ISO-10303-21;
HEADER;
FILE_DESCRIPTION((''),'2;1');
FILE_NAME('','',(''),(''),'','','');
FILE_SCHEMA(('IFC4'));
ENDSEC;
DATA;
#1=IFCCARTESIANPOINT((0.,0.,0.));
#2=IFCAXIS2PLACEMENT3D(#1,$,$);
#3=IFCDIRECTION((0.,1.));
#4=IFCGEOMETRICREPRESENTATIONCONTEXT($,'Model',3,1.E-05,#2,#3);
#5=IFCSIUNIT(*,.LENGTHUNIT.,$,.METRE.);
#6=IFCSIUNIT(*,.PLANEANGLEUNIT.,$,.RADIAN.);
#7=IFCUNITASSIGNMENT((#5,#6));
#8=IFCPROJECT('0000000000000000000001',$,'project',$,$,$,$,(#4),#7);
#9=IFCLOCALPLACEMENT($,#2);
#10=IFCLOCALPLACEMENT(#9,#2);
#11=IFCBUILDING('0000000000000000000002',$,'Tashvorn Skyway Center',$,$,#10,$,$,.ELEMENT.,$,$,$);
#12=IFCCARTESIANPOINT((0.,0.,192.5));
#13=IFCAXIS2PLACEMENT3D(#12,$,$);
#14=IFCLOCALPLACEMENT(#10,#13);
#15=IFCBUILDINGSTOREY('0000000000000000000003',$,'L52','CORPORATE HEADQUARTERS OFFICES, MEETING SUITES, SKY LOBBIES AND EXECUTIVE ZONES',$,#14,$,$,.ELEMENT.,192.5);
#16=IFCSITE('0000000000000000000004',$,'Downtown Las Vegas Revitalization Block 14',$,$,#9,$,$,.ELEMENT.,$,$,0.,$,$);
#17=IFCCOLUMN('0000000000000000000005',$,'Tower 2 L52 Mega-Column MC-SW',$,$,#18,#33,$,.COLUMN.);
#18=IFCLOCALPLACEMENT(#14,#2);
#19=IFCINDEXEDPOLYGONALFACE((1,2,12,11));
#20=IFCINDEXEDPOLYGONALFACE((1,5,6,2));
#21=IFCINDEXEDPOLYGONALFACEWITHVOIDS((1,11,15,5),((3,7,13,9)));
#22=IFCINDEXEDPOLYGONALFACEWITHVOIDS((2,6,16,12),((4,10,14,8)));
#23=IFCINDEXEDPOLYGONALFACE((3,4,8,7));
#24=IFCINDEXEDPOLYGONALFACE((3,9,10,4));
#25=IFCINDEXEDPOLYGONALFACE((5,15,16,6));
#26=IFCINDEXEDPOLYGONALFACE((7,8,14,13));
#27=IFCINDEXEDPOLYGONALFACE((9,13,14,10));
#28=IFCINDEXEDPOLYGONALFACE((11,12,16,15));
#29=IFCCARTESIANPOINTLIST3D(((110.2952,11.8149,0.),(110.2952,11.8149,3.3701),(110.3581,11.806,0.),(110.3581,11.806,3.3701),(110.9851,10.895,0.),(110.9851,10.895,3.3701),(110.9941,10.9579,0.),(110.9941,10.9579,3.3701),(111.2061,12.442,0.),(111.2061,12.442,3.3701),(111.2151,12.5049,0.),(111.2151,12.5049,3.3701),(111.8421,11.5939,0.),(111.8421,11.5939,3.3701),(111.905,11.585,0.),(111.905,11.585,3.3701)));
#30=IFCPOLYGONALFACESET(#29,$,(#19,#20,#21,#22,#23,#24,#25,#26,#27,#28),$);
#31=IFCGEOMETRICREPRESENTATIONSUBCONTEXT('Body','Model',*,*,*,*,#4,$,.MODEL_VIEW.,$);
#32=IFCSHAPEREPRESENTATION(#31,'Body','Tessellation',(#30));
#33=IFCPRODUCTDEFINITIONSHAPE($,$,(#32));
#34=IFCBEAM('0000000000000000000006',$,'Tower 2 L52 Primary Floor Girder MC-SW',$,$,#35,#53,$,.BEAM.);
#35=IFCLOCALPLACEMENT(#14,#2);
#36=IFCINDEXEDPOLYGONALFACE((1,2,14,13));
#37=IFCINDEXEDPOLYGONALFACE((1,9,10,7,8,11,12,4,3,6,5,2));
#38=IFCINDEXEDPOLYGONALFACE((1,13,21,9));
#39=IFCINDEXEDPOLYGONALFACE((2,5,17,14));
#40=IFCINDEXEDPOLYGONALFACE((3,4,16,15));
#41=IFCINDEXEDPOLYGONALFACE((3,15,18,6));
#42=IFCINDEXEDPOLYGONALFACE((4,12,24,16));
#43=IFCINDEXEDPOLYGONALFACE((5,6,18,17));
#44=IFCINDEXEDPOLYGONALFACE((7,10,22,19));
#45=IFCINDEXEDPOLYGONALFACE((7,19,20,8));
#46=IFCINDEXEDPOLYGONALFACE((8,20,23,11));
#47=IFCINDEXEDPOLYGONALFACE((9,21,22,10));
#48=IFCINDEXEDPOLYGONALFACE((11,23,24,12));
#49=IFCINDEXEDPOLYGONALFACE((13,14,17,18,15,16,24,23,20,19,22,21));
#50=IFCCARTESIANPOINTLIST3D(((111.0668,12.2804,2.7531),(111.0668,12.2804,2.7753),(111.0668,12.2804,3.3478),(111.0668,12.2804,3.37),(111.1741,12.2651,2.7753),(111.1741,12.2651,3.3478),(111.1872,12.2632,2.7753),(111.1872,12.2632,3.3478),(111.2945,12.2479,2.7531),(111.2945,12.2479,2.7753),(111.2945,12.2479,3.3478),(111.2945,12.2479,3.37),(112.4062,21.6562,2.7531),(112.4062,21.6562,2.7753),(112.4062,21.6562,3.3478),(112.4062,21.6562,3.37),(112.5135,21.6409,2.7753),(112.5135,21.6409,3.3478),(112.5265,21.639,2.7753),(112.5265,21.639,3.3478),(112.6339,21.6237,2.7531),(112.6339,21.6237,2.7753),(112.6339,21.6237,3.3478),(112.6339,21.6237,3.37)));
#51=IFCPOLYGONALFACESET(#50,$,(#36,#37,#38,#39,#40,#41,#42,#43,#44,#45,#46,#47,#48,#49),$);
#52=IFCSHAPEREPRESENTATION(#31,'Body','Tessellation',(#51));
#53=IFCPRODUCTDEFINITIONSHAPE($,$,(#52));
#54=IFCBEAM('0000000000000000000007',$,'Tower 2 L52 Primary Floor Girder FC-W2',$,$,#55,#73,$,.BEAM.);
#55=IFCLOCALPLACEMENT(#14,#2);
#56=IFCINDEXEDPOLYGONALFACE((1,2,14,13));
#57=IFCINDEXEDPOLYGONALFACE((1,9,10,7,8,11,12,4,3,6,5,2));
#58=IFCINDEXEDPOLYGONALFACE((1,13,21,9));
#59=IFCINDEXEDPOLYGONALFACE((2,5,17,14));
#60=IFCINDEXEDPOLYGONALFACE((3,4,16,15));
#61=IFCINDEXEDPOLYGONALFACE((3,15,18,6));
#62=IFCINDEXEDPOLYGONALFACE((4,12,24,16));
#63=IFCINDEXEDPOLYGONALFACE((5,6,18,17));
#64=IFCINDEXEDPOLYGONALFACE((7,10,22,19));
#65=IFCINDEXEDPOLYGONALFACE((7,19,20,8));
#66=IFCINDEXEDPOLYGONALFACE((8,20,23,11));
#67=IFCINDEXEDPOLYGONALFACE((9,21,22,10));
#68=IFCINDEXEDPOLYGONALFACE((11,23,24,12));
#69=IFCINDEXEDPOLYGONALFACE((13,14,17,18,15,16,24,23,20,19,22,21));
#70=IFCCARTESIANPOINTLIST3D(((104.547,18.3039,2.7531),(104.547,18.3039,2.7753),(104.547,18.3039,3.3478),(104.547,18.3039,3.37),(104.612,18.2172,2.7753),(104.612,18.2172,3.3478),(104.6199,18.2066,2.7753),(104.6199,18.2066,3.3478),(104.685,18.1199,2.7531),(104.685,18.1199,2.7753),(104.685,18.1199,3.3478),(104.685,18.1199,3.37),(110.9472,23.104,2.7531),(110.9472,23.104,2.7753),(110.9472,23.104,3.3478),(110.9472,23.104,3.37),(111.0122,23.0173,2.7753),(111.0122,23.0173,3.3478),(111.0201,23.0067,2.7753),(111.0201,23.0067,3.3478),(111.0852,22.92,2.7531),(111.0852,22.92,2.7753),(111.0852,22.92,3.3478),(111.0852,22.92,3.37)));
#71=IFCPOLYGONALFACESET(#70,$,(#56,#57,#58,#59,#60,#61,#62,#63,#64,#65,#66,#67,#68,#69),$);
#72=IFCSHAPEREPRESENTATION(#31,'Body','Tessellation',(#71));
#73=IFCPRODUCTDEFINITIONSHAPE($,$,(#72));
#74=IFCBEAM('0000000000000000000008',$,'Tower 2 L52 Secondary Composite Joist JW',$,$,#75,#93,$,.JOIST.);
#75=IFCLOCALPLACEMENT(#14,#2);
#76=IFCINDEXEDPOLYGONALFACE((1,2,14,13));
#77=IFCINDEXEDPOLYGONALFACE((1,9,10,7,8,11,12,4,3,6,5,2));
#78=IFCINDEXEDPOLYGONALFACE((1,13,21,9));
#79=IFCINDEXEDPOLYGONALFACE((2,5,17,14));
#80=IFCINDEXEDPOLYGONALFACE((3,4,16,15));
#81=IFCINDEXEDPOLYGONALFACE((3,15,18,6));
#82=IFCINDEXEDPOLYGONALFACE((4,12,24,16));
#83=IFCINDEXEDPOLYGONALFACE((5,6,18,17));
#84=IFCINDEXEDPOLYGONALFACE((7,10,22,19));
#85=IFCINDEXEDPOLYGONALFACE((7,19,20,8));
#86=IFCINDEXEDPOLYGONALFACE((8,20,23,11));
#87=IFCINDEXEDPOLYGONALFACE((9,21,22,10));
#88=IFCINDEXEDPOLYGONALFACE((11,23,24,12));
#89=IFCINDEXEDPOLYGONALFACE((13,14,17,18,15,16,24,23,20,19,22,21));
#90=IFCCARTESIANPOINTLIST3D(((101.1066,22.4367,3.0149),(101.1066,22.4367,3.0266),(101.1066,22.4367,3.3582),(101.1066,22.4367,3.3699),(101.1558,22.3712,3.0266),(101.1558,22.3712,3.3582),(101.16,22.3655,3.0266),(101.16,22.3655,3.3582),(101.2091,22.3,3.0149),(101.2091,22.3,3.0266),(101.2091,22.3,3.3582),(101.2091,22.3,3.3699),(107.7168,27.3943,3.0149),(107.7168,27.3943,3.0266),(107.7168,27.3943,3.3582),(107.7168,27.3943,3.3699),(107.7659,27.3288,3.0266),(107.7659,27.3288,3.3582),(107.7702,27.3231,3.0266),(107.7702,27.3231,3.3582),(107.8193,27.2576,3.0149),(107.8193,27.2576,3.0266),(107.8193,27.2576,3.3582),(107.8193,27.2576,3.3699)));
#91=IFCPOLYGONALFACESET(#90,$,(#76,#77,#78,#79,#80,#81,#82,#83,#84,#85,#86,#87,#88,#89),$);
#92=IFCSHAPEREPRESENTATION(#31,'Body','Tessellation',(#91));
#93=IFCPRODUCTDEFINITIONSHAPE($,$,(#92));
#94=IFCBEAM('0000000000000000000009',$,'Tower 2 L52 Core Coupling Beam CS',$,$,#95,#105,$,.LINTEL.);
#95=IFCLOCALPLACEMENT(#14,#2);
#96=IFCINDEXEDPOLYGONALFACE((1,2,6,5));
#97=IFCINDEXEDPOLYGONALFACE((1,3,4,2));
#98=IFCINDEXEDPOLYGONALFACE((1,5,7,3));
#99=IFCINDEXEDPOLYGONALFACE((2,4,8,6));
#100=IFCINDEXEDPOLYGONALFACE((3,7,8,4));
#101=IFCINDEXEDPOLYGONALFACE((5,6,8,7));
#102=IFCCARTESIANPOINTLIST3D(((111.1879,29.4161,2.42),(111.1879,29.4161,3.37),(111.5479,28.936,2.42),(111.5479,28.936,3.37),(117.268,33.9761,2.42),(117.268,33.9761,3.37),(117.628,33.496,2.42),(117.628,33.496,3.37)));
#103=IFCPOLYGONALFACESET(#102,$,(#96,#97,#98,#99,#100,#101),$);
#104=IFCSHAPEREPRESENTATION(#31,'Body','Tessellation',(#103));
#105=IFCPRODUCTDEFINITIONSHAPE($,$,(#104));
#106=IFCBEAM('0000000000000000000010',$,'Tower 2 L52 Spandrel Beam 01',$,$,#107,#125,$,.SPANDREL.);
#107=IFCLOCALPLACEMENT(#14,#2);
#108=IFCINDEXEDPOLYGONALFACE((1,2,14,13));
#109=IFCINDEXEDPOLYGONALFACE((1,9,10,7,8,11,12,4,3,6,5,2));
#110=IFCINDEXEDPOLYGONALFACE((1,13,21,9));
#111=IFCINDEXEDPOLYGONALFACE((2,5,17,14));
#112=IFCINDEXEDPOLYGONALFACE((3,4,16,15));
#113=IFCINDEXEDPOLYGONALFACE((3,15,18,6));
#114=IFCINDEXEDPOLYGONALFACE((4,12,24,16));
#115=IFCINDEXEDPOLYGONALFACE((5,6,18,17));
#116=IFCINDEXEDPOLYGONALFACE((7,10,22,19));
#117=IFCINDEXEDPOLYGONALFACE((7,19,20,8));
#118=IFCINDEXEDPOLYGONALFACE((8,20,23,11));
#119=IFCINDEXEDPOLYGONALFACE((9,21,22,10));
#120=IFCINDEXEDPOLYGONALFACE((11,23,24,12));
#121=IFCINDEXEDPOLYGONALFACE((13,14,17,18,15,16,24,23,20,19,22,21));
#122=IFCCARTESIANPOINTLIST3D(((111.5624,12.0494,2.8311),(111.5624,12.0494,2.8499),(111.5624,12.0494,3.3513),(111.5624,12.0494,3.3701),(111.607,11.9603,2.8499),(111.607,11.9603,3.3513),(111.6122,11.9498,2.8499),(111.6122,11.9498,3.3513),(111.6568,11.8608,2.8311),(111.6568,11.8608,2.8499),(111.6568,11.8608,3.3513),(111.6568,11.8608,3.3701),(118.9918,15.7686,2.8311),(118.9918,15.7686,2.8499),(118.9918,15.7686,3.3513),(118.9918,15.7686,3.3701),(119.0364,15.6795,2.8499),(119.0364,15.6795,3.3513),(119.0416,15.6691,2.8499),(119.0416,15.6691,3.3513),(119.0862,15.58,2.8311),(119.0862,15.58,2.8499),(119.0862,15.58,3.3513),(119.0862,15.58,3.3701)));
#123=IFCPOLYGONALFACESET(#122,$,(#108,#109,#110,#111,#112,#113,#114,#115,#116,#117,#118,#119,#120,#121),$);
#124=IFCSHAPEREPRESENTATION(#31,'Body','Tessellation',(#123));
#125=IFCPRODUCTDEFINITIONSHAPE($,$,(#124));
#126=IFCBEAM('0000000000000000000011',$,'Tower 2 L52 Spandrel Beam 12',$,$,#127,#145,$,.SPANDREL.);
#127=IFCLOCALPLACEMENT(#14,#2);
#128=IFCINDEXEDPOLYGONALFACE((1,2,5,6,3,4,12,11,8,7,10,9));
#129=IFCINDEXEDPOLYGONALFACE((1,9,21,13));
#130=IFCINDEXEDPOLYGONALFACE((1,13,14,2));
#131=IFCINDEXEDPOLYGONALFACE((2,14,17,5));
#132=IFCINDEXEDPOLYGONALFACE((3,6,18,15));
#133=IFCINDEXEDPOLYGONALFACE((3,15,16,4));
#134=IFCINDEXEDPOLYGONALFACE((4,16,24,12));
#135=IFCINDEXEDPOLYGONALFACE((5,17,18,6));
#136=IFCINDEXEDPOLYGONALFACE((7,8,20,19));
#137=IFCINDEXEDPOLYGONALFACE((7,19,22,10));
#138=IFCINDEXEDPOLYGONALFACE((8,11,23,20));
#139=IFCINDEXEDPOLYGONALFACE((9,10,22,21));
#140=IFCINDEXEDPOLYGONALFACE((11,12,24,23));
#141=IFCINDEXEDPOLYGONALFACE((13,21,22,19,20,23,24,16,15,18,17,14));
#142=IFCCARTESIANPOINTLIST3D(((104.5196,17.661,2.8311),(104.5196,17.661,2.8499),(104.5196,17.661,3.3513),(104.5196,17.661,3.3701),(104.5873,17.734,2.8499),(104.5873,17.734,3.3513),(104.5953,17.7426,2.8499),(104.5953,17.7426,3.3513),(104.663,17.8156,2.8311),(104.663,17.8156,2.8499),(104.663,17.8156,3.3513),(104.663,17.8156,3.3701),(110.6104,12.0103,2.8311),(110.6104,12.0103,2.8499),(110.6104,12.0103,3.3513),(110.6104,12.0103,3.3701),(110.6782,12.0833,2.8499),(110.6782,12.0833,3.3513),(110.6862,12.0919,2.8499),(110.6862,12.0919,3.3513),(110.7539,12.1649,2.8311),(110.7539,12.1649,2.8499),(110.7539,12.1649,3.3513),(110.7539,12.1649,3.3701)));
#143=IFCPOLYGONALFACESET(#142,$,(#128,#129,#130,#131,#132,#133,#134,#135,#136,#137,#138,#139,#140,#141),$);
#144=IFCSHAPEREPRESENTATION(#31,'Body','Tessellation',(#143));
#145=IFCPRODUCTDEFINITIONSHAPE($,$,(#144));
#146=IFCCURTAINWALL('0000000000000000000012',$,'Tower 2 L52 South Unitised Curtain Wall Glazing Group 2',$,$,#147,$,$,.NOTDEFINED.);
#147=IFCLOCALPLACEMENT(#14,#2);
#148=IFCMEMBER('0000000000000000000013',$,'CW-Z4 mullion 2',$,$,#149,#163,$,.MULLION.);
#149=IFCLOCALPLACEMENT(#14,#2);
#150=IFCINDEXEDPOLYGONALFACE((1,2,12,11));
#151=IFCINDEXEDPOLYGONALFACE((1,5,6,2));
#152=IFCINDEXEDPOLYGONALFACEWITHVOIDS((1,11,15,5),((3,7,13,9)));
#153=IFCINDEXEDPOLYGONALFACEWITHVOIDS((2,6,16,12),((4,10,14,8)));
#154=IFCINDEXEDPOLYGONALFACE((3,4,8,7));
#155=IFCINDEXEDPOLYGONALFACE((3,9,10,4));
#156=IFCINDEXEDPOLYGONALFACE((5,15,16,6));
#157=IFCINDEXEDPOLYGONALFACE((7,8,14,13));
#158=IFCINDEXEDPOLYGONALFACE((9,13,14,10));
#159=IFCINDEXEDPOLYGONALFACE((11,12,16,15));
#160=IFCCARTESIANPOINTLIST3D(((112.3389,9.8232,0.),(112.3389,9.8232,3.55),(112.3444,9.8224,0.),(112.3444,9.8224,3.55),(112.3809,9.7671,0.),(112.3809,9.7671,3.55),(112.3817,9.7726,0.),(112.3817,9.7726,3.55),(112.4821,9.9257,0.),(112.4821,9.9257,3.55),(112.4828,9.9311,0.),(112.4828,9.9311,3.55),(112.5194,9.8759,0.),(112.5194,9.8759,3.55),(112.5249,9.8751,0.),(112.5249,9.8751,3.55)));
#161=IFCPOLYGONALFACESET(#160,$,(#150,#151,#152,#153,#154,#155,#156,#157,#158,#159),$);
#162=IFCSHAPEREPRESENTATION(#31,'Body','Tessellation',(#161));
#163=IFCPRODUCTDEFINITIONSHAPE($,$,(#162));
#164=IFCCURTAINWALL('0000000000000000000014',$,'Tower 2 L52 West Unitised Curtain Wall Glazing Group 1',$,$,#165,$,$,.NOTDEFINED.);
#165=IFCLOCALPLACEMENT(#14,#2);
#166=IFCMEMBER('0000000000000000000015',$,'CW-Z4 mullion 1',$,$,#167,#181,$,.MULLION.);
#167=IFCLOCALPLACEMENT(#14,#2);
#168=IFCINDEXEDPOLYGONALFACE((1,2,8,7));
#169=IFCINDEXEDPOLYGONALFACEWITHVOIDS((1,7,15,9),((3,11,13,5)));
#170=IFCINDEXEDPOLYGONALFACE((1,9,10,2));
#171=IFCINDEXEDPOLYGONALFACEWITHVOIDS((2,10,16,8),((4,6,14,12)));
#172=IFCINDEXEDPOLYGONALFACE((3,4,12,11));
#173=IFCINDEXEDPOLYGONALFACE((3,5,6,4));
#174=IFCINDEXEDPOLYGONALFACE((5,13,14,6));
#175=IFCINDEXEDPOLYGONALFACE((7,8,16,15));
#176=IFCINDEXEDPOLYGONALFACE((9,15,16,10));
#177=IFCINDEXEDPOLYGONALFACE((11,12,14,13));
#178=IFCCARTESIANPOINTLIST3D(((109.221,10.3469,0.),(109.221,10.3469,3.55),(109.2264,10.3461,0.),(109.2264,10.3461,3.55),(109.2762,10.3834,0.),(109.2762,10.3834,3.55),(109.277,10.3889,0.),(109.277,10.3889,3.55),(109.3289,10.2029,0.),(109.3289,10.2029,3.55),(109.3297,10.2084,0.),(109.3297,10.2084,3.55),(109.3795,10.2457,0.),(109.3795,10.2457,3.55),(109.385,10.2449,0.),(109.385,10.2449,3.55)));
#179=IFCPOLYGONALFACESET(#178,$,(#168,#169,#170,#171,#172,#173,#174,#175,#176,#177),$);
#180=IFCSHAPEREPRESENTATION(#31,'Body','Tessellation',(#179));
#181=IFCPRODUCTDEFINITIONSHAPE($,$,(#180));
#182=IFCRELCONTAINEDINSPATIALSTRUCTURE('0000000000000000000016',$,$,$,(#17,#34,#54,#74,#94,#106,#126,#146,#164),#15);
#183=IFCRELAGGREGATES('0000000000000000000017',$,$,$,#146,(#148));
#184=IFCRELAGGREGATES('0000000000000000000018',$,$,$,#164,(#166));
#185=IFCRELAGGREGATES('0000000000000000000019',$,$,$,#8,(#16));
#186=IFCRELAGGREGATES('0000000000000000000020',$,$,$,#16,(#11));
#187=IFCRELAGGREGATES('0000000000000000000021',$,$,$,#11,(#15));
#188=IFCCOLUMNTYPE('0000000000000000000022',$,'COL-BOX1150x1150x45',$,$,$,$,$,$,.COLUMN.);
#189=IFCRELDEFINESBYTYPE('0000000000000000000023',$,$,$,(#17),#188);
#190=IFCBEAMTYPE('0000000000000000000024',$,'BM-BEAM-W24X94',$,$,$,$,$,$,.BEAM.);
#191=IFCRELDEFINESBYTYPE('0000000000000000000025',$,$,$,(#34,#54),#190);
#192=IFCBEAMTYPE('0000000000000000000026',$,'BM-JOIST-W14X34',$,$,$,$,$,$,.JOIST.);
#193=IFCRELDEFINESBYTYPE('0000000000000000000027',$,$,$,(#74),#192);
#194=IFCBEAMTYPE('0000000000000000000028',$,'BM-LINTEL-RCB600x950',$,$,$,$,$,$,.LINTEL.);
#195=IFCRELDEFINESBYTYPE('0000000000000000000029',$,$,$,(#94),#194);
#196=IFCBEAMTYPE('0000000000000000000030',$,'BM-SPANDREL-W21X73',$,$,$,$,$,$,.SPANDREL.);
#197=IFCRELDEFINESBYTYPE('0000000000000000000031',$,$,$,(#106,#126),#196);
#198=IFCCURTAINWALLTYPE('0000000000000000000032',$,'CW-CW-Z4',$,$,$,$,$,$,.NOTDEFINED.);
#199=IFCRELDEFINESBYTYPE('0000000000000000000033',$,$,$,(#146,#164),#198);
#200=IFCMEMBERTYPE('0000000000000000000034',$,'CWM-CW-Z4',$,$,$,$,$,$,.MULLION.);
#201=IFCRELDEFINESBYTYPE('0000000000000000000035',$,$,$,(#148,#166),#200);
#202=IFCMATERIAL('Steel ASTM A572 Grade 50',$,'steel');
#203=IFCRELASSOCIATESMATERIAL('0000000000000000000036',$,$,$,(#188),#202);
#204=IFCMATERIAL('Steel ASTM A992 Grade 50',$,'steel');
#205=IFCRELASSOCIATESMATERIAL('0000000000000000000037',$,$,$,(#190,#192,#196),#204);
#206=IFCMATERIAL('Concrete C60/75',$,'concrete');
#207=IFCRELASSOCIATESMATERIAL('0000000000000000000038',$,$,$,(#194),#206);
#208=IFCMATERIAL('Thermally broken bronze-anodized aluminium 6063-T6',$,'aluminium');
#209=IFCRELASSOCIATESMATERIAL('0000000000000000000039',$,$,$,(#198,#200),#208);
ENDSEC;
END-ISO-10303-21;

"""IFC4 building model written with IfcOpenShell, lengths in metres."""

from ifc_helpers import new_model, si_unit, direction, frame, origin, origin_2d, place, context, subcontext, project, spatial, rectangle, hollow_rectangle, i_section, extrude, material, material_profile, profile_set, type_object, element, aggregate, save


model = new_model("IFC4")

# Units and contexts
model_context = context("Model", 3, precision=1e-05, world=origin(), true_north=direction((0.0, 1.0)))
body_context = subcontext(model_context, "Body", "Model", "MODEL_VIEW")
ifc_project = project(units=[si_unit("LENGTHUNIT", "METRE"), si_unit("PLANEANGLEUNIT", "RADIAN")], contexts=[model_context])

# Site, building, storey
site_placement = place(None, origin())
site = spatial("IfcSite", under=ifc_project, at=site_placement, Name="Downtown Las Vegas Revitalization Block 14", CompositionType="ELEMENT", RefElevation=0.0)
building_placement = place(site_placement, origin())
building = spatial("IfcBuilding", under=site, at=building_placement, Name="Tashvorn Skyway Center", CompositionType="ELEMENT")
storey_placement = place(building_placement, frame((0.0, 0.0, 192.5)))
storey = spatial("IfcBuildingStorey", under=building, at=storey_placement, Name="L52", Description="CORPORATE HEADQUARTERS OFFICES, MEETING SUITES, SKY LOBBIES AND EXECUTIVE ZONES", CompositionType="ELEMENT", Elevation=192.5)

# Column
ifc_material_1 = material(Name="Steel ASTM A572 Grade 50", Category="steel")
ifc_material_profile_1 = material_profile(ifc_material_1, hollow_rectangle(XDim=1.1499, YDim=1.1499, WallThickness=0.0449, at=origin_2d()), Name="BOX1150x1150x45")
ifc_profile_set_1 = profile_set([ifc_material_profile_1], Name="Steel ASTM A572 Grade 50")
column_type = type_object("IfcColumnType", Name="COL-BOX1150x1150x45", PredefinedType="COLUMN", material=ifc_profile_set_1)
column_placement = place(storey_placement, frame((111.1001, 11.7, 0.0), z_axis=(0.0, 0.0, 1.0), x_axis=(0.8, 0.6, 0.0)))
element("IfcColumn", 1, at=column_placement, inside=storey, type_object=column_type, Name="Tower 2 L52 Mega-Column MC-SW", PredefinedType="COLUMN", context=body_context, shape_type="SweptSolid", body=[
    extrude(hollow_rectangle(XDim=1.1499, YDim=1.1499, WallThickness=0.0449, at=origin_2d()), origin(), (0.0, 0.0, 1.0), 3.3701),
])

# Beams
ifc_material_2 = material(Name="Steel ASTM A992 Grade 50", Category="steel")
ifc_material_profile_2 = material_profile(ifc_material_2, i_section(OverallWidth=0.23, OverallDepth=0.6169, WebThickness=0.0132, FlangeThickness=0.0222, at=origin_2d()), Name="W24X94")
ifc_profile_set_2 = profile_set([ifc_material_profile_2], Name="Steel ASTM A992 Grade 50")
beam_type_1 = type_object("IfcBeamType", Name="BM-BEAM-W24X94", PredefinedType="BEAM", material=ifc_profile_set_2)
beam_1_placement = place(storey_placement, frame((111.1807, 12.2642, 3.0615), z_axis=(0.141418, 0.98995, 0.0), x_axis=(-0.98995, 0.141418, 0.0)))
element("IfcBeam", 2, at=beam_1_placement, inside=storey, type_object=beam_type_1, Name="Tower 2 L52 Primary Floor Girder MC-SW", PredefinedType="BEAM", context=body_context, shape_type="SweptSolid", body=[
    extrude(i_section(OverallWidth=0.23, OverallDepth=0.6169, WebThickness=0.0132, FlangeThickness=0.0222, at=origin_2d()), origin(), (0.0, 0.0, 1.0), 9.4709),
])
beam_2_placement = place(storey_placement, frame((104.616, 18.2119, 3.0615), z_axis=(0.800004, 0.599995, 0.0), x_axis=(-0.599995, 0.800004, 0.0)))
element("IfcBeam", 3, at=beam_2_placement, inside=storey, type_object=beam_type_1, Name="Tower 2 L52 Primary Floor Girder FC-W2", PredefinedType="BEAM", context=body_context, shape_type="SweptSolid", body=[
    extrude(i_section(OverallWidth=0.23, OverallDepth=0.6169, WebThickness=0.0132, FlangeThickness=0.0222, at=origin_2d()), origin(), (0.0, 0.0, 1.0), 8.0002),
])
ifc_material_profile_3 = material_profile(ifc_material_2, i_section(OverallWidth=0.1709, OverallDepth=0.355, WebThickness=0.0071, FlangeThickness=0.0117, at=origin_2d()), Name="W14X34")
ifc_profile_set_3 = profile_set([ifc_material_profile_3], Name="Steel ASTM A992 Grade 50")
beam_type_2 = type_object("IfcBeamType", Name="BM-JOIST-W14X34", PredefinedType="JOIST", material=ifc_profile_set_3)
beam_3_placement = place(storey_placement, frame((107.7681, 27.3259, 3.1924), z_axis=(-0.800004, -0.599995, 0.0), x_axis=(0.599995, -0.800004, 0.0)))
element("IfcBeam", 4, at=beam_3_placement, inside=storey, type_object=beam_type_2, Name="Tower 2 L52 Secondary Composite Joist JW", PredefinedType="JOIST", context=body_context, shape_type="SweptSolid", body=[
    extrude(i_section(OverallWidth=0.1709, OverallDepth=0.355, WebThickness=0.0071, FlangeThickness=0.0117, at=origin_2d()), origin(), (0.0, 0.0, 1.0), 8.2627),
])
ifc_material_3 = material(Name="Concrete C60/75", Category="concrete")
ifc_material_profile_4 = material_profile(ifc_material_3, rectangle(XDim=0.6001, YDim=0.95, at=origin_2d()), Name="RCB600x950")
ifc_profile_set_4 = profile_set([ifc_material_profile_4], Name="Concrete C60/75")
beam_type_3 = type_object("IfcBeamType", Name="BM-LINTEL-RCB600x950", PredefinedType="LINTEL", material=ifc_profile_set_4)
beam_4_placement = place(storey_placement, frame((111.3679, 29.176, 2.895), z_axis=(0.8, 0.6, 0.0), x_axis=(-0.6, 0.8, 0.0)))
element("IfcBeam", 5, at=beam_4_placement, inside=storey, type_object=beam_type_3, Name="Tower 2 L52 Core Coupling Beam CS", PredefinedType="LINTEL", context=body_context, shape_type="SweptSolid", body=[
    extrude(rectangle(XDim=0.6001, YDim=0.95, at=origin_2d()), origin(), (0.0, 0.0, 1.0), 7.6001),
])
ifc_material_profile_5 = material_profile(ifc_material_2, i_section(OverallWidth=0.2109, OverallDepth=0.5391, WebThickness=0.0117, FlangeThickness=0.0188, at=origin_2d()), Name="W21X73")
ifc_profile_set_5 = profile_set([ifc_material_profile_5], Name="Steel ASTM A992 Grade 50")
beam_type_4 = type_object("IfcBeamType", Name="BM-SPANDREL-W21X73", PredefinedType="SPANDREL", material=ifc_profile_set_5)
for number, where, z_axis, x_axis, name in (
    (6, (111.6096, 11.9551, 3.1006), (0.89421, 0.447648, 0.0), (-0.447648, 0.89421, 0.0), "Tower 2 L52 Spandrel Beam 01"),
    (7, (104.5913, 17.7383, 3.1006), (0.733101, -0.68012, 0.0), (0.68012, 0.733101, 0.0), "Tower 2 L52 Spandrel Beam 12"),
):
    element("IfcBeam", number, at=place(storey_placement, frame(where, z_axis=z_axis, x_axis=x_axis)), inside=storey, type_object=beam_type_4, Name=name, PredefinedType="SPANDREL", context=body_context, shape_type="SweptSolid", body=[
        extrude(i_section(OverallWidth=0.2109, OverallDepth=0.5391, WebThickness=0.0117, FlangeThickness=0.0188, at=origin_2d()), origin(), (0.0, 0.0, 1.0), 8.3083),
    ])

# Curtain wall, member
ifc_material_4 = material(Name="Thermally broken bronze-anodized aluminium 6063-T6", Category="aluminium")
curtain_wall_type = type_object("IfcCurtainWallType", Name="CW-CW-Z4", PredefinedType="NOTDEFINED", material=ifc_material_4)
curtain_wall_1_placement = place(storey_placement, origin())
curtain_wall_1 = element("IfcCurtainWall", 8, at=curtain_wall_1_placement, inside=storey, type_object=curtain_wall_type, Name="Tower 2 L52 South Unitised Curtain Wall Glazing Group 2", PredefinedType="NOTDEFINED")
ifc_material_profile_6 = material_profile(ifc_material_4, hollow_rectangle(XDim=0.0701, YDim=0.1799, WallThickness=0.0039, at=origin_2d()), Name="ALU-MULL-70x180")
ifc_profile_set_6 = profile_set([ifc_material_profile_6], Name="Thermally broken bronze-anodized aluminium 6063-T6")
member_type_1 = type_object("IfcMemberType", Name="CWM-CW-Z4", PredefinedType="MULLION", material=ifc_profile_set_6)
member_1_placement = place(storey_placement, frame((112.4319, 9.8491, 0.0), z_axis=(0.0, 0.0, 1.0), x_axis=(0.6, -0.8, 0.0)))
member_1 = element("IfcMember", 9, at=member_1_placement, type_object=member_type_1, Name="CW-Z4 mullion 2", PredefinedType="MULLION", context=body_context, shape_type="SweptSolid", body=[
    extrude(hollow_rectangle(XDim=0.0701, YDim=0.1799, WallThickness=0.0039, at=origin_2d()), origin(), (0.0, 0.0, 1.0), 3.55),
])
aggregate(curtain_wall_1, [member_1])

# Curtain wall, member
curtain_wall_2_placement = place(storey_placement, origin())
curtain_wall_2 = element("IfcCurtainWall", 10, at=curtain_wall_2_placement, inside=storey, type_object=curtain_wall_type, Name="Tower 2 L52 West Unitised Curtain Wall Glazing Group 1", PredefinedType="NOTDEFINED")
member_2_placement = place(storey_placement, frame((109.303, 10.2959, 0.0), z_axis=(0.0, 0.0, 1.0), x_axis=(-0.8, -0.6, 0.0)))
member_2 = element("IfcMember", 11, at=member_2_placement, type_object=member_type_1, Name="CW-Z4 mullion 1", PredefinedType="MULLION", context=body_context, shape_type="SweptSolid", body=[
    extrude(hollow_rectangle(XDim=0.0701, YDim=0.1799, WallThickness=0.0039, at=origin_2d()), origin(), (0.0, 0.0, 1.0), 3.55),
])
aggregate(curtain_wall_2, [member_2])

save(model, "model.ifc")
